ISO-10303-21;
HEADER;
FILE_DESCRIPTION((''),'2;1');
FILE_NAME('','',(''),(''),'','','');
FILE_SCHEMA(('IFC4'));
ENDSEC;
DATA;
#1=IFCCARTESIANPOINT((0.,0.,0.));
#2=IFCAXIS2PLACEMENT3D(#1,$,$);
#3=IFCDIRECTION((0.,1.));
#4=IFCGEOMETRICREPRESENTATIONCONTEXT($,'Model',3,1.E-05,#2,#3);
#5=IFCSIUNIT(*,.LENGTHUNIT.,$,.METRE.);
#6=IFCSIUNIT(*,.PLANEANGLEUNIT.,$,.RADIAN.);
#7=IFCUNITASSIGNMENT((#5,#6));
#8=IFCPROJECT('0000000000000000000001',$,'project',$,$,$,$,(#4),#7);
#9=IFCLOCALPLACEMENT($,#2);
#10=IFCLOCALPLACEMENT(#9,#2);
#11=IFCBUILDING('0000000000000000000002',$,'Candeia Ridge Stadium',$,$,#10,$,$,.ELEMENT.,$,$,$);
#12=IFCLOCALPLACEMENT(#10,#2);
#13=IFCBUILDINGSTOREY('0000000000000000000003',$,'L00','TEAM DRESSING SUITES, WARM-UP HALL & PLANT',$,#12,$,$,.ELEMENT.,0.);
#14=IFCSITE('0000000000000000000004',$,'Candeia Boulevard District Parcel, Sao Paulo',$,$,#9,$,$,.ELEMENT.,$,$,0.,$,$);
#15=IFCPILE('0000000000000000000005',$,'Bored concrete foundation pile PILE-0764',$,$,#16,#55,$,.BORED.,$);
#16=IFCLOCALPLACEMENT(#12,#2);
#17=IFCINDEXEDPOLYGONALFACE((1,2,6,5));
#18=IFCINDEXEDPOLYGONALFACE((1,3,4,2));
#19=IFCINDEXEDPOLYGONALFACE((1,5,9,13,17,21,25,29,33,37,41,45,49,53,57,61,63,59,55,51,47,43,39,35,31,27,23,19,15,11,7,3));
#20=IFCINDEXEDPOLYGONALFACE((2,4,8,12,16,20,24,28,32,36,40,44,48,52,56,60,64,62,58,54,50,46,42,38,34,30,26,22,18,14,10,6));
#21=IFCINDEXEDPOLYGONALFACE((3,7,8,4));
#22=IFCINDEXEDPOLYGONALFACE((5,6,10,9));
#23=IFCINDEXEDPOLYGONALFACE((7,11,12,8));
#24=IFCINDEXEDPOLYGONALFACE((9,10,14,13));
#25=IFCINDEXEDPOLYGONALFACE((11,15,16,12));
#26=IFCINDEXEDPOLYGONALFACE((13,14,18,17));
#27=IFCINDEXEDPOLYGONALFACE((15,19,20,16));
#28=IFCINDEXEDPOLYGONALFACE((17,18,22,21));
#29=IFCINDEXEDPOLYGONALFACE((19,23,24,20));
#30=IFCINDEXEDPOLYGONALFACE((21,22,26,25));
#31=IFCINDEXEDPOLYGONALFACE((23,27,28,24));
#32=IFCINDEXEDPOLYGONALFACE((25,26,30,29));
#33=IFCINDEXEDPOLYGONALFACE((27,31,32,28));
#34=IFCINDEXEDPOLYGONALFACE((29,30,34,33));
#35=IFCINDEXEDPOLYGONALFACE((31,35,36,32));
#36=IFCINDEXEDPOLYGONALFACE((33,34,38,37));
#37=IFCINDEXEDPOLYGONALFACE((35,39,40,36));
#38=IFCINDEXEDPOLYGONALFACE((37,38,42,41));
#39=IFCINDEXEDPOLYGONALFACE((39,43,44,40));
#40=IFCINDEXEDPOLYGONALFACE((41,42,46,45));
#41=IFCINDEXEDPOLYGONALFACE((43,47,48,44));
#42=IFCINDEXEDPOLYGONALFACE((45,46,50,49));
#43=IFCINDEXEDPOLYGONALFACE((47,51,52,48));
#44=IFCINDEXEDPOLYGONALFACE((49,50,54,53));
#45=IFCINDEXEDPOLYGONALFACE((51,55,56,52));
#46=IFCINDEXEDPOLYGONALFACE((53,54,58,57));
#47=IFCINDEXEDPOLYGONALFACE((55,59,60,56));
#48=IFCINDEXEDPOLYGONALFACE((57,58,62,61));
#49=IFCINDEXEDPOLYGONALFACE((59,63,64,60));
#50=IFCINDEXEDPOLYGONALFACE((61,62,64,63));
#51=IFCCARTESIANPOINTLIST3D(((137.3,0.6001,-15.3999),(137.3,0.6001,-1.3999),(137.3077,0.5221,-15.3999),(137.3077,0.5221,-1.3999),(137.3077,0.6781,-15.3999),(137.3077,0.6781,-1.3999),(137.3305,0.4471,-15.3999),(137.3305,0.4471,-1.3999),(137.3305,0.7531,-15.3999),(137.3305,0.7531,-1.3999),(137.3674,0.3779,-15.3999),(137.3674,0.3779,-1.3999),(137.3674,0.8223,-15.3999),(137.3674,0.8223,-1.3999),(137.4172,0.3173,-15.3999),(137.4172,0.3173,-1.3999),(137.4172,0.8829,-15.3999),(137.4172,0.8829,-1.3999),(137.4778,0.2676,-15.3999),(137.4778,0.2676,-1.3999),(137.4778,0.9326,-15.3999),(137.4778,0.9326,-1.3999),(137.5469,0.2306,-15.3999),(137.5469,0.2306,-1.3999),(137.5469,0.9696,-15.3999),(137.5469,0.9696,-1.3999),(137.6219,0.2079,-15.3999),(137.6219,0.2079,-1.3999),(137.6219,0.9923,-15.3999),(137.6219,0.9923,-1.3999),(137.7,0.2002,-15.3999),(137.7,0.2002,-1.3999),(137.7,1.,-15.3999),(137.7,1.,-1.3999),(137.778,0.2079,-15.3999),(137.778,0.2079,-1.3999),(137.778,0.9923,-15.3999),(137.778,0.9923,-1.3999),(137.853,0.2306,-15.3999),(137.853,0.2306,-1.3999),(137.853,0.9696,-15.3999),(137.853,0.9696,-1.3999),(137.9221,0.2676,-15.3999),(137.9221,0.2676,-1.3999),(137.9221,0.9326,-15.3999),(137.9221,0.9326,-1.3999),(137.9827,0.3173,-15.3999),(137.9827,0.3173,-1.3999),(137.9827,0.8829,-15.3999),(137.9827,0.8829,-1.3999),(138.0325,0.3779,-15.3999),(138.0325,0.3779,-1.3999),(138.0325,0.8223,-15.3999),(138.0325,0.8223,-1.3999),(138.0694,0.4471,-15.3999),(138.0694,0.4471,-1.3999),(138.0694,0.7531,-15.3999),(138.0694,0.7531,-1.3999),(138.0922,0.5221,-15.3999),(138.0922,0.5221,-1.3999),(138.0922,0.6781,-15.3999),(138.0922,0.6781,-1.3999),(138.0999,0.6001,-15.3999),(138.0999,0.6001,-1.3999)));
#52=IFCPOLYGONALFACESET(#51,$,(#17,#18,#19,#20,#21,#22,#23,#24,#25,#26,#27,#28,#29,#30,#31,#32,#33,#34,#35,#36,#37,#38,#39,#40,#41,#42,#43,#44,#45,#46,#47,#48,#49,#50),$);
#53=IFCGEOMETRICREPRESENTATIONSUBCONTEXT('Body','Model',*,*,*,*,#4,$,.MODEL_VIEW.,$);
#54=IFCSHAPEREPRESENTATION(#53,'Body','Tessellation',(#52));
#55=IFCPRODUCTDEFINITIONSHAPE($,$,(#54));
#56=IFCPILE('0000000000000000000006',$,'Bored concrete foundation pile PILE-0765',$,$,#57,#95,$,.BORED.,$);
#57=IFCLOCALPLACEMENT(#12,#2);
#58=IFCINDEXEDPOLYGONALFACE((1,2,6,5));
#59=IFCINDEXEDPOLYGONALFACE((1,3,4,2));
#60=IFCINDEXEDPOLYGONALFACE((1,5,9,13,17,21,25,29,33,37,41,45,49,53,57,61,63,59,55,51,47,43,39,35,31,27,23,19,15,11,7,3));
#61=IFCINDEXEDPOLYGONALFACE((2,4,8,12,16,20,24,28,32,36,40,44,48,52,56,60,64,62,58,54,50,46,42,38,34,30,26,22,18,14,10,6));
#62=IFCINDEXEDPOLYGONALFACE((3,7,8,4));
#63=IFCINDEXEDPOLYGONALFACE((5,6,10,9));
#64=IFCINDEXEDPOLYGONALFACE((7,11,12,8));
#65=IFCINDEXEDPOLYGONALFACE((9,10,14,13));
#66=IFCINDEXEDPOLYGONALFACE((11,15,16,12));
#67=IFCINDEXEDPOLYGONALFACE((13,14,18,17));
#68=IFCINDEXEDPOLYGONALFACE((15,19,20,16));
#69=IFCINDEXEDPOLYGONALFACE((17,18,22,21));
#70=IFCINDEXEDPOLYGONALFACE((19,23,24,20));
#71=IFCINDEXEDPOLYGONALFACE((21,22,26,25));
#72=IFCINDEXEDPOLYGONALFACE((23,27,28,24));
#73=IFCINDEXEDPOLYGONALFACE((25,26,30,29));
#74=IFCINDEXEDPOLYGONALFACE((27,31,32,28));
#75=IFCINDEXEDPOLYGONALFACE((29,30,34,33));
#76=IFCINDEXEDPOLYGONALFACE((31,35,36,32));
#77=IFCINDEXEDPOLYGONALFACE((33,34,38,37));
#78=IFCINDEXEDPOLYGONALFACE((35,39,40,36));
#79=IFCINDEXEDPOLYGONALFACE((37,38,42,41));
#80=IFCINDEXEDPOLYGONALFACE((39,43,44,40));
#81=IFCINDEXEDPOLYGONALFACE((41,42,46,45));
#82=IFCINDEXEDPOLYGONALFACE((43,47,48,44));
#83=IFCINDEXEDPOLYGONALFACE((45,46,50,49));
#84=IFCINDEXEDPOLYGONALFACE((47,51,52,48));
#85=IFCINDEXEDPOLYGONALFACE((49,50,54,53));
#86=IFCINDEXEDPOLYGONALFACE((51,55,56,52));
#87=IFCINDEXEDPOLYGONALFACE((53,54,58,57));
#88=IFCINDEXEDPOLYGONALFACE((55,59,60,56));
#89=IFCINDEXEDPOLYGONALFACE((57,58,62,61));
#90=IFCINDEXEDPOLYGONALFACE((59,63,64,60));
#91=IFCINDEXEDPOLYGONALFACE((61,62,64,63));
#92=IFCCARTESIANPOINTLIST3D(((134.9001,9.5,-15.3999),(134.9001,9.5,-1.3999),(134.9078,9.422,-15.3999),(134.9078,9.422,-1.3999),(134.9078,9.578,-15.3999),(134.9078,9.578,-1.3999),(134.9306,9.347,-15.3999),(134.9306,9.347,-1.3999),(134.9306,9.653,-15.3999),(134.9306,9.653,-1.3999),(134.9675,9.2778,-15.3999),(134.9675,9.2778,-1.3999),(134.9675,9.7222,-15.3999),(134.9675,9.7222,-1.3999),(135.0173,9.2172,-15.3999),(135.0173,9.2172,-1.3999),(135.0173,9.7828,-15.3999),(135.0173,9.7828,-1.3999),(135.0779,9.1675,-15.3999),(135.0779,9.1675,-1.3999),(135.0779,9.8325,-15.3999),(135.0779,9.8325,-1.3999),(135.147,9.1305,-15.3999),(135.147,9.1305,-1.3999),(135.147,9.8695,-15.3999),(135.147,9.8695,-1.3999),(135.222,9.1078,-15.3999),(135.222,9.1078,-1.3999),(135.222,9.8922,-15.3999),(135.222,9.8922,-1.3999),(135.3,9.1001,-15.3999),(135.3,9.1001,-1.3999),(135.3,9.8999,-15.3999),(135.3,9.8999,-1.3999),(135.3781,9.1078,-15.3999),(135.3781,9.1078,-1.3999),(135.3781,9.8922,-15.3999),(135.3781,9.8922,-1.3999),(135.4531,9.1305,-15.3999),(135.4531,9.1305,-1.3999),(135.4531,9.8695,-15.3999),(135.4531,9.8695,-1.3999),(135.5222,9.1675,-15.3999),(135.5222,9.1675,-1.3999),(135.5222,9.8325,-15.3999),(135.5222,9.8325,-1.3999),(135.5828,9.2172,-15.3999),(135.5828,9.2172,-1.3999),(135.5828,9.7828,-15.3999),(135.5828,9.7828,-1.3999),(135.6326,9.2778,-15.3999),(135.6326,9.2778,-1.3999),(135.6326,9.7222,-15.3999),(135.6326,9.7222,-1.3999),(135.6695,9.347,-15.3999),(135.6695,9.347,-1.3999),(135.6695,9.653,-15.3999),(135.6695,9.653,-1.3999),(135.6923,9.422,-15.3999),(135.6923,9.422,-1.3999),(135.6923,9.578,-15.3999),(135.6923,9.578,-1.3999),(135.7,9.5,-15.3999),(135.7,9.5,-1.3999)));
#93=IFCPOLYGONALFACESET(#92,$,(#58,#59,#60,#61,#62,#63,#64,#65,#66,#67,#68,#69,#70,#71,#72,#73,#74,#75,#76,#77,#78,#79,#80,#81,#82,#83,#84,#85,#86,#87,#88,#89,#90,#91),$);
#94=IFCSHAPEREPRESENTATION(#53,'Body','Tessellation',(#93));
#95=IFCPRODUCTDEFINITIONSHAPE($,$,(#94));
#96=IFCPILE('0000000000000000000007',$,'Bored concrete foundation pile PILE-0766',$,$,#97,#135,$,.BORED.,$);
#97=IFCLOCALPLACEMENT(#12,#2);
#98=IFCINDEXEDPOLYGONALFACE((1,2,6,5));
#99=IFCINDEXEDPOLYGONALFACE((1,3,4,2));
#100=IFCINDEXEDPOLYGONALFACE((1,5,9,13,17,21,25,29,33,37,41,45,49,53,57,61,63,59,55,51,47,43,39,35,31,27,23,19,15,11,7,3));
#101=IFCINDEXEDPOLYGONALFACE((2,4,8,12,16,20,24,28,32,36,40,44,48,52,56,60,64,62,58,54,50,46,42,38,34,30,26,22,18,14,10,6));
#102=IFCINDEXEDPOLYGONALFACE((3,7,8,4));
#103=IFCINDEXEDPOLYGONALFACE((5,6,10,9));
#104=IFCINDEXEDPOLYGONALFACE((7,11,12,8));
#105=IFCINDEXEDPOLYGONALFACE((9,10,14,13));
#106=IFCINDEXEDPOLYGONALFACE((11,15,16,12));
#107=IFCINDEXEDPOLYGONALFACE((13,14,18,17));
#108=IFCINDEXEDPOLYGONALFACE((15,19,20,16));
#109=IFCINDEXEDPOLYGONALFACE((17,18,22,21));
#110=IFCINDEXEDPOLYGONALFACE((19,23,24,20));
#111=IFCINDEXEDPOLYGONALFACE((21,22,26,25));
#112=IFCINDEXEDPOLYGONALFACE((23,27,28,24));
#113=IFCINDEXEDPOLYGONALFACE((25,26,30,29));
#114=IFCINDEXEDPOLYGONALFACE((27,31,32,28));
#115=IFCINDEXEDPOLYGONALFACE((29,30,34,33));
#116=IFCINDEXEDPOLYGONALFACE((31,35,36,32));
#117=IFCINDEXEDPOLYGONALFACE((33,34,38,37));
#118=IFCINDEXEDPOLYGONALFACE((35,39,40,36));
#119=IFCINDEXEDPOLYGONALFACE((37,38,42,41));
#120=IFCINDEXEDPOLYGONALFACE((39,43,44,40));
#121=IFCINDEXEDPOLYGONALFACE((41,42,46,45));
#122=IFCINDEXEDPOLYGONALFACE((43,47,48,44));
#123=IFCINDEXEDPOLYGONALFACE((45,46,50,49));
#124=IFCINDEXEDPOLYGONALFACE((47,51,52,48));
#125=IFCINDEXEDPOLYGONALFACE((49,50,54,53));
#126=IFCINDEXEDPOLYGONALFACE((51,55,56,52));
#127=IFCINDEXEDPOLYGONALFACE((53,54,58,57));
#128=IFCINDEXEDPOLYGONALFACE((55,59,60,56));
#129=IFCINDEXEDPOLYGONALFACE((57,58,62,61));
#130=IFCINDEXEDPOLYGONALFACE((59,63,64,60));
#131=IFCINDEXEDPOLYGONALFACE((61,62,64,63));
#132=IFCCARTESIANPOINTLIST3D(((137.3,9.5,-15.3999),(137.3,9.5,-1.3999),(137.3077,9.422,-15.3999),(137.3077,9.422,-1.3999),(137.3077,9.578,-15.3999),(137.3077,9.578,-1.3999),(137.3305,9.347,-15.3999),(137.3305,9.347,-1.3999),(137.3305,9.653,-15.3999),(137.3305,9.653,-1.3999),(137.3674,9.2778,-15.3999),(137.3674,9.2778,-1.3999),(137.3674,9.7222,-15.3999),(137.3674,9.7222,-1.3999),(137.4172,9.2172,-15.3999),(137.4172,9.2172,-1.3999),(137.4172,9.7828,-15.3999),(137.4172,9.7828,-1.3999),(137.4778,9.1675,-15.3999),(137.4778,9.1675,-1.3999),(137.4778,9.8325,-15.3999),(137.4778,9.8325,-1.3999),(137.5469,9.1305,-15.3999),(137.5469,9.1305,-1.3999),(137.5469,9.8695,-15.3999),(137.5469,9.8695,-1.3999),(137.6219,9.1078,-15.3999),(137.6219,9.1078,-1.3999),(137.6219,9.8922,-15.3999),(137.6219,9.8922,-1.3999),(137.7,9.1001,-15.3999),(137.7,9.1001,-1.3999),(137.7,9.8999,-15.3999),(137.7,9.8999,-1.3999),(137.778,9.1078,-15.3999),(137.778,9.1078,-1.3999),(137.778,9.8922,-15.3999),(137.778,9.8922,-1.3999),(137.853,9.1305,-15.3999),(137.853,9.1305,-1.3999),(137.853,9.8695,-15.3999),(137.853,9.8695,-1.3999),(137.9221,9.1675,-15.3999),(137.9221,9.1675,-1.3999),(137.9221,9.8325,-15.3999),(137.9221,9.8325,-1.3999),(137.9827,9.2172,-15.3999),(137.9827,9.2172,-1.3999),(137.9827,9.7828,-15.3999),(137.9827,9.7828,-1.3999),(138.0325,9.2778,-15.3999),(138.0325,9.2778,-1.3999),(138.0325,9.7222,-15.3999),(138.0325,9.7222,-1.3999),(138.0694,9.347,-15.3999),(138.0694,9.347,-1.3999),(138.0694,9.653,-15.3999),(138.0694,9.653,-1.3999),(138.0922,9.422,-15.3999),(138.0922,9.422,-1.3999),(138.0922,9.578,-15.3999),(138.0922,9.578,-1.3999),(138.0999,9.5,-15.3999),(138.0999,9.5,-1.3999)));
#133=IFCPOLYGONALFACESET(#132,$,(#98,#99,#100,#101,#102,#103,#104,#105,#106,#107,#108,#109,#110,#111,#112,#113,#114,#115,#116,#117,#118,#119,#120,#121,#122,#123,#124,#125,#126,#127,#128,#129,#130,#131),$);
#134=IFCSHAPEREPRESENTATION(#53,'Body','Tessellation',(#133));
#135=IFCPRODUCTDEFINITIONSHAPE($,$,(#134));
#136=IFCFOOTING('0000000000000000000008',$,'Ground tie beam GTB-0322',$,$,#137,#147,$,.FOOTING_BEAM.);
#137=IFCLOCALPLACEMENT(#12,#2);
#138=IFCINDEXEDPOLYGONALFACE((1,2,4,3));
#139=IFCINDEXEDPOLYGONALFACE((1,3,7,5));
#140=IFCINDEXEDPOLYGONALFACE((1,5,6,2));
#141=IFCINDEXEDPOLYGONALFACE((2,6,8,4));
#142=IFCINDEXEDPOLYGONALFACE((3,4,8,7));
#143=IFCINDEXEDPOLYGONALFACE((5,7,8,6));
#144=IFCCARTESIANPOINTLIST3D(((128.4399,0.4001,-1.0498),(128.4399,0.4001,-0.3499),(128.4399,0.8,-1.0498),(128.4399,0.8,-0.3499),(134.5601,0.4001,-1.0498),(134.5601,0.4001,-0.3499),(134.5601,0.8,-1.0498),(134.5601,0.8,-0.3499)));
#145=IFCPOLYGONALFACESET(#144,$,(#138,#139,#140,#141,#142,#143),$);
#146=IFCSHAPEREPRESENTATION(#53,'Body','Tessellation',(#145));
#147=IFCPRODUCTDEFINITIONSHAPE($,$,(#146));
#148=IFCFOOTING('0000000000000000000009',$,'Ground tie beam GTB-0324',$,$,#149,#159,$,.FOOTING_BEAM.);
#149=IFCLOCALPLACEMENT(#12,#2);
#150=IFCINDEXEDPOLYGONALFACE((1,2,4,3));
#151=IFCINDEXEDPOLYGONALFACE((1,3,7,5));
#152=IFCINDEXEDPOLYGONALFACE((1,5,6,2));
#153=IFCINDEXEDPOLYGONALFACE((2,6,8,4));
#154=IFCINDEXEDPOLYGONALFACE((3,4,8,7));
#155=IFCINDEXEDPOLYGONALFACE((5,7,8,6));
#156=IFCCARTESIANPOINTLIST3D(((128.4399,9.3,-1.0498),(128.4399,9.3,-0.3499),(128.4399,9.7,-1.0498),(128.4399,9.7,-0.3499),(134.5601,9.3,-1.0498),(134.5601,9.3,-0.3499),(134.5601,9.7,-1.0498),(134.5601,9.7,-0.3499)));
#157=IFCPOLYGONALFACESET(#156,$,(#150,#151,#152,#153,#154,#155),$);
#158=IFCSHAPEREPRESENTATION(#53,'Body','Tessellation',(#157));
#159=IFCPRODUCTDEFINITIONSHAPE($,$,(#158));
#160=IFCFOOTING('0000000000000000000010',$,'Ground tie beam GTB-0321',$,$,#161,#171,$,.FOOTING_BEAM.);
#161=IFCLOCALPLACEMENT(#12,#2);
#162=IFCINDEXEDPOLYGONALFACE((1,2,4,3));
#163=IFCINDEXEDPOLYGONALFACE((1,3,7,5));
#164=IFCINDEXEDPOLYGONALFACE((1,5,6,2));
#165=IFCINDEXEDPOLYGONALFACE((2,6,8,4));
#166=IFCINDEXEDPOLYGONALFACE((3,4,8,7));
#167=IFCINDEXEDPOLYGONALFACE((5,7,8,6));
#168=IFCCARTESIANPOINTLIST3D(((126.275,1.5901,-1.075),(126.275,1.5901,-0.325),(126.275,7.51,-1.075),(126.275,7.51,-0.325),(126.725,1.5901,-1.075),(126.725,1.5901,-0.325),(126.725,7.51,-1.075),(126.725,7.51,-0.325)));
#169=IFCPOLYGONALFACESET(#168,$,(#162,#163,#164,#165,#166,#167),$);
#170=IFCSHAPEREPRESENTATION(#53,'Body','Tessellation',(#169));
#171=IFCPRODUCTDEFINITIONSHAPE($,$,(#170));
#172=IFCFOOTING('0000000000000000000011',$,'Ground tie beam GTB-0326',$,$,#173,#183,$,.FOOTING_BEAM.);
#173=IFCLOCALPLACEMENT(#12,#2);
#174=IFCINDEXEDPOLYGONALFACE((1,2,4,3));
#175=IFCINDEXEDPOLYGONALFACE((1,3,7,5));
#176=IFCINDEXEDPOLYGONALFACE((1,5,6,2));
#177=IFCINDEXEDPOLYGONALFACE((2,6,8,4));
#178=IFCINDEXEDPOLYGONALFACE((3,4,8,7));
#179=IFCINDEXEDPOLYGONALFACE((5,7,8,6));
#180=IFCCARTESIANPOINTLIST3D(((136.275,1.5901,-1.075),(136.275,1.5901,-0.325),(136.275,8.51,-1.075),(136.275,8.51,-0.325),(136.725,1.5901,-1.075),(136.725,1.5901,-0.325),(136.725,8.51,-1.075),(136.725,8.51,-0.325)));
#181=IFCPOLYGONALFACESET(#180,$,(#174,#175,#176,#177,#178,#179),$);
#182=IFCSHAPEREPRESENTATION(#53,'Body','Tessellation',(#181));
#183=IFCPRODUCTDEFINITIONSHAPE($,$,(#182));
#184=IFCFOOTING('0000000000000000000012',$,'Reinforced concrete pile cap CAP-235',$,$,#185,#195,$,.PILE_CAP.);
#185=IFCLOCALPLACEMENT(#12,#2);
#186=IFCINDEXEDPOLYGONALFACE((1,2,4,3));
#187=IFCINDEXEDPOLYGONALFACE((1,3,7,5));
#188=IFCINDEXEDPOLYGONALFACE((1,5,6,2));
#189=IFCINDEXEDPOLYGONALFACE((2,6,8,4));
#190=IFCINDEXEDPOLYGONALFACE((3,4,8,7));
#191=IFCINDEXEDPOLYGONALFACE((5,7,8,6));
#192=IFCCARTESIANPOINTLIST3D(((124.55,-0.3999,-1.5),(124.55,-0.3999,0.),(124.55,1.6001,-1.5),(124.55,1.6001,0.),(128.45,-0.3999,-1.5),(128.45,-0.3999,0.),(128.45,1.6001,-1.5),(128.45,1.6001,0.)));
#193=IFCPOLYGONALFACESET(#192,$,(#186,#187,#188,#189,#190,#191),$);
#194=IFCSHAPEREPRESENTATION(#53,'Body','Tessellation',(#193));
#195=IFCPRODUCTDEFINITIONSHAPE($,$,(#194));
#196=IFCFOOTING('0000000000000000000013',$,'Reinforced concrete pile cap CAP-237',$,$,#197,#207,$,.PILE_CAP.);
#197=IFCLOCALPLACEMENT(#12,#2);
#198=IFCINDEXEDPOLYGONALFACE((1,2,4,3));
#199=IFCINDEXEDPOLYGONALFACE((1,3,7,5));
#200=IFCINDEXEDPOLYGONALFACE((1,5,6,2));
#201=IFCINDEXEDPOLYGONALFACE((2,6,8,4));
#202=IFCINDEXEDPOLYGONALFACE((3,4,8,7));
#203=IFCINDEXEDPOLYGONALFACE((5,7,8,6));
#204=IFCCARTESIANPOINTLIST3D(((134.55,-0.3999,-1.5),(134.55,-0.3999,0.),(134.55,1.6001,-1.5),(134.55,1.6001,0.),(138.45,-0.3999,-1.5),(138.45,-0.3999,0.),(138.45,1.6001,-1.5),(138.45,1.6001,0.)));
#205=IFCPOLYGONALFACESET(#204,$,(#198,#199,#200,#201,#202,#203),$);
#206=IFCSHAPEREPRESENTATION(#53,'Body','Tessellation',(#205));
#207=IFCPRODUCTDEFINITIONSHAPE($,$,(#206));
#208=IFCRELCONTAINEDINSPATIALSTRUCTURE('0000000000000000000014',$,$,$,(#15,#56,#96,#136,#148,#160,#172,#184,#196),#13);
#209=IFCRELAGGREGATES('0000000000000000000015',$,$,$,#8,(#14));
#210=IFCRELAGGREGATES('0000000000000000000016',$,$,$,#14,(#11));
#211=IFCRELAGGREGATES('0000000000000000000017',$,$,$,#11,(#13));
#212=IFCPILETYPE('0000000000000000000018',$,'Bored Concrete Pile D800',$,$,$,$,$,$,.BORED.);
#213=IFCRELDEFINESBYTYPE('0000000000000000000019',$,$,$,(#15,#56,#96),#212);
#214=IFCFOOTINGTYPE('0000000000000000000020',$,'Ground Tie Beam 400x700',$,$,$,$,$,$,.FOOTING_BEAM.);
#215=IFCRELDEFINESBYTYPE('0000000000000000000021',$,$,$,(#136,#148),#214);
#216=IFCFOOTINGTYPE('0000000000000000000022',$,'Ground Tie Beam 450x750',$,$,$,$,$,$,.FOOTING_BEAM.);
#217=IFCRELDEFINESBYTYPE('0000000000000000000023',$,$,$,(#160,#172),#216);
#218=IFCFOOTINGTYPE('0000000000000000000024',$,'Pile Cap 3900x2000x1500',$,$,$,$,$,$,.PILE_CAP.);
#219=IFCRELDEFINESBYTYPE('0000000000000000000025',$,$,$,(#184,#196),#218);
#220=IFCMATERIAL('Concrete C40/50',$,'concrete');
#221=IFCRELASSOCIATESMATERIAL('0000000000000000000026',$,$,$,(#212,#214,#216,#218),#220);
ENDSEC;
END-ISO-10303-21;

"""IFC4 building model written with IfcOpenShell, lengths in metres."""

from ifc_helpers import new_model, si_unit, direction, frame, origin, origin_2d, place, context, subcontext, project, spatial, rectangle, circle, extrude, material, material_profile, profile_set, type_object, element, save


model = new_model("IFC4")

# Units and contexts
model_context = context("Model", 3, precision=1e-05, world=origin(), true_north=direction((0.0, 1.0)))
body_context = subcontext(model_context, "Body", "Model", "MODEL_VIEW")
ifc_project = project(units=[si_unit("LENGTHUNIT", "METRE"), si_unit("PLANEANGLEUNIT", "RADIAN")], contexts=[model_context])

# Site, building, storey
site_placement = place(None, origin())
site = spatial("IfcSite", under=ifc_project, at=site_placement, Name="Candeia Boulevard District Parcel, Sao Paulo", CompositionType="ELEMENT", RefElevation=0.0)
building_placement = place(site_placement, origin())
building = spatial("IfcBuilding", under=site, at=building_placement, Name="Candeia Ridge Stadium", CompositionType="ELEMENT")
storey_placement = place(building_placement, origin())
storey = spatial("IfcBuildingStorey", under=building, at=storey_placement, Name="L00", Description="TEAM DRESSING SUITES, WARM-UP HALL & PLANT", CompositionType="ELEMENT", Elevation=0.0)

# Piles
ifc_material_1 = material(Name="Concrete C40/50", Category="concrete")
ifc_material_profile_1 = material_profile(ifc_material_1, circle(Radius=0.3999, at=origin_2d()), Name="PILE-D800", Category="concrete")
ifc_profile_set_1 = profile_set([ifc_material_profile_1], Name="Concrete C40/50")
pile_type = type_object("IfcPileType", Name="Bored Concrete Pile D800", PredefinedType="BORED", material=ifc_profile_set_1)
for number, where, z_axis, x_axis, name in (
    (1, (137.7, 0.6001, -1.3999), (0.0, 0.0, -1.0), (1.0, 0.0, 0.0), "Bored concrete foundation pile PILE-0764"),
    (2, (135.3, 9.5, -1.3999), (0.0, 0.0, -1.0), (1.0, 0.0, 0.0), "Bored concrete foundation pile PILE-0765"),
    (3, (137.7, 9.5, -1.3999), (0.0, 0.0, -1.0), (1.0, 0.0, 0.0), "Bored concrete foundation pile PILE-0766"),
):
    element("IfcPile", number, at=place(storey_placement, frame(where, z_axis=z_axis, x_axis=x_axis)), inside=storey, type_object=pile_type, Name=name, PredefinedType="BORED", context=body_context, shape_type="SweptSolid", body=[
        extrude(circle(Radius=0.3999, at=origin_2d()), origin(), (0.0, 0.0, 1.0), 14.0),
    ])

# Footings
footing_type_1 = type_object("IfcFootingType", Name="Ground Tie Beam 400x700", PredefinedType="FOOTING_BEAM", material=ifc_material_1)
for number, where, z_axis, x_axis, name in (
    (4, (131.5, 0.6001, -1.0498), (0.0, 0.0, 1.0), (1.0, 0.0, 0.0), "Ground tie beam GTB-0322"),
    (5, (131.5, 9.5, -1.0498), (0.0, 0.0, 1.0), (1.0, 0.0, 0.0), "Ground tie beam GTB-0324"),
):
    element("IfcFooting", number, at=place(storey_placement, frame(where, z_axis=z_axis, x_axis=x_axis)), inside=storey, type_object=footing_type_1, Name=name, PredefinedType="FOOTING_BEAM", context=body_context, shape_type="SweptSolid", body=[
        extrude(rectangle(XDim=6.1201, YDim=0.3999, at=origin_2d()), origin(), (0.0, 0.0, 1.0), 0.7),
    ])
footing_type_2 = type_object("IfcFootingType", Name="Ground Tie Beam 450x750", PredefinedType="FOOTING_BEAM", material=ifc_material_1)
footing_1_placement = place(storey_placement, frame((126.5, 4.55, -1.075), z_axis=(0.0, 0.0, 1.0), x_axis=(0.0, 1.0, 0.0)))
element("IfcFooting", 6, at=footing_1_placement, inside=storey, type_object=footing_type_2, Name="Ground tie beam GTB-0321", PredefinedType="FOOTING_BEAM", context=body_context, shape_type="SweptSolid", body=[
    extrude(rectangle(XDim=5.9199, YDim=0.45, at=origin_2d()), origin(), (0.0, 0.0, 1.0), 0.75),
])
footing_2_placement = place(storey_placement, frame((136.5, 5.05, -1.075), z_axis=(0.0, 0.0, 1.0), x_axis=(0.0, 1.0, 0.0)))
element("IfcFooting", 7, at=footing_2_placement, inside=storey, type_object=footing_type_2, Name="Ground tie beam GTB-0326", PredefinedType="FOOTING_BEAM", context=body_context, shape_type="SweptSolid", body=[
    extrude(rectangle(XDim=6.9199, YDim=0.45, at=origin_2d()), origin(), (0.0, 0.0, 1.0), 0.75),
])
footing_type_3 = type_object("IfcFootingType", Name="Pile Cap 3900x2000x1500", PredefinedType="PILE_CAP", material=ifc_material_1)
for number, where, z_axis, x_axis, name in (
    (8, (126.5, 0.6001, -1.5), (0.0, 0.0, 1.0), (1.0, 0.0, 0.0), "Reinforced concrete pile cap CAP-235"),
    (9, (136.5, 0.6001, -1.5), (0.0, 0.0, 1.0), (1.0, 0.0, 0.0), "Reinforced concrete pile cap CAP-237"),
):
    element("IfcFooting", number, at=place(storey_placement, frame(where, z_axis=z_axis, x_axis=x_axis)), inside=storey, type_object=footing_type_3, Name=name, PredefinedType="PILE_CAP", context=body_context, shape_type="SweptSolid", body=[
        extrude(rectangle(XDim=3.8999, YDim=2.0, at=origin_2d()), origin(), (0.0, 0.0, 1.0), 1.5),
    ])

save(model, "model.ifc")
